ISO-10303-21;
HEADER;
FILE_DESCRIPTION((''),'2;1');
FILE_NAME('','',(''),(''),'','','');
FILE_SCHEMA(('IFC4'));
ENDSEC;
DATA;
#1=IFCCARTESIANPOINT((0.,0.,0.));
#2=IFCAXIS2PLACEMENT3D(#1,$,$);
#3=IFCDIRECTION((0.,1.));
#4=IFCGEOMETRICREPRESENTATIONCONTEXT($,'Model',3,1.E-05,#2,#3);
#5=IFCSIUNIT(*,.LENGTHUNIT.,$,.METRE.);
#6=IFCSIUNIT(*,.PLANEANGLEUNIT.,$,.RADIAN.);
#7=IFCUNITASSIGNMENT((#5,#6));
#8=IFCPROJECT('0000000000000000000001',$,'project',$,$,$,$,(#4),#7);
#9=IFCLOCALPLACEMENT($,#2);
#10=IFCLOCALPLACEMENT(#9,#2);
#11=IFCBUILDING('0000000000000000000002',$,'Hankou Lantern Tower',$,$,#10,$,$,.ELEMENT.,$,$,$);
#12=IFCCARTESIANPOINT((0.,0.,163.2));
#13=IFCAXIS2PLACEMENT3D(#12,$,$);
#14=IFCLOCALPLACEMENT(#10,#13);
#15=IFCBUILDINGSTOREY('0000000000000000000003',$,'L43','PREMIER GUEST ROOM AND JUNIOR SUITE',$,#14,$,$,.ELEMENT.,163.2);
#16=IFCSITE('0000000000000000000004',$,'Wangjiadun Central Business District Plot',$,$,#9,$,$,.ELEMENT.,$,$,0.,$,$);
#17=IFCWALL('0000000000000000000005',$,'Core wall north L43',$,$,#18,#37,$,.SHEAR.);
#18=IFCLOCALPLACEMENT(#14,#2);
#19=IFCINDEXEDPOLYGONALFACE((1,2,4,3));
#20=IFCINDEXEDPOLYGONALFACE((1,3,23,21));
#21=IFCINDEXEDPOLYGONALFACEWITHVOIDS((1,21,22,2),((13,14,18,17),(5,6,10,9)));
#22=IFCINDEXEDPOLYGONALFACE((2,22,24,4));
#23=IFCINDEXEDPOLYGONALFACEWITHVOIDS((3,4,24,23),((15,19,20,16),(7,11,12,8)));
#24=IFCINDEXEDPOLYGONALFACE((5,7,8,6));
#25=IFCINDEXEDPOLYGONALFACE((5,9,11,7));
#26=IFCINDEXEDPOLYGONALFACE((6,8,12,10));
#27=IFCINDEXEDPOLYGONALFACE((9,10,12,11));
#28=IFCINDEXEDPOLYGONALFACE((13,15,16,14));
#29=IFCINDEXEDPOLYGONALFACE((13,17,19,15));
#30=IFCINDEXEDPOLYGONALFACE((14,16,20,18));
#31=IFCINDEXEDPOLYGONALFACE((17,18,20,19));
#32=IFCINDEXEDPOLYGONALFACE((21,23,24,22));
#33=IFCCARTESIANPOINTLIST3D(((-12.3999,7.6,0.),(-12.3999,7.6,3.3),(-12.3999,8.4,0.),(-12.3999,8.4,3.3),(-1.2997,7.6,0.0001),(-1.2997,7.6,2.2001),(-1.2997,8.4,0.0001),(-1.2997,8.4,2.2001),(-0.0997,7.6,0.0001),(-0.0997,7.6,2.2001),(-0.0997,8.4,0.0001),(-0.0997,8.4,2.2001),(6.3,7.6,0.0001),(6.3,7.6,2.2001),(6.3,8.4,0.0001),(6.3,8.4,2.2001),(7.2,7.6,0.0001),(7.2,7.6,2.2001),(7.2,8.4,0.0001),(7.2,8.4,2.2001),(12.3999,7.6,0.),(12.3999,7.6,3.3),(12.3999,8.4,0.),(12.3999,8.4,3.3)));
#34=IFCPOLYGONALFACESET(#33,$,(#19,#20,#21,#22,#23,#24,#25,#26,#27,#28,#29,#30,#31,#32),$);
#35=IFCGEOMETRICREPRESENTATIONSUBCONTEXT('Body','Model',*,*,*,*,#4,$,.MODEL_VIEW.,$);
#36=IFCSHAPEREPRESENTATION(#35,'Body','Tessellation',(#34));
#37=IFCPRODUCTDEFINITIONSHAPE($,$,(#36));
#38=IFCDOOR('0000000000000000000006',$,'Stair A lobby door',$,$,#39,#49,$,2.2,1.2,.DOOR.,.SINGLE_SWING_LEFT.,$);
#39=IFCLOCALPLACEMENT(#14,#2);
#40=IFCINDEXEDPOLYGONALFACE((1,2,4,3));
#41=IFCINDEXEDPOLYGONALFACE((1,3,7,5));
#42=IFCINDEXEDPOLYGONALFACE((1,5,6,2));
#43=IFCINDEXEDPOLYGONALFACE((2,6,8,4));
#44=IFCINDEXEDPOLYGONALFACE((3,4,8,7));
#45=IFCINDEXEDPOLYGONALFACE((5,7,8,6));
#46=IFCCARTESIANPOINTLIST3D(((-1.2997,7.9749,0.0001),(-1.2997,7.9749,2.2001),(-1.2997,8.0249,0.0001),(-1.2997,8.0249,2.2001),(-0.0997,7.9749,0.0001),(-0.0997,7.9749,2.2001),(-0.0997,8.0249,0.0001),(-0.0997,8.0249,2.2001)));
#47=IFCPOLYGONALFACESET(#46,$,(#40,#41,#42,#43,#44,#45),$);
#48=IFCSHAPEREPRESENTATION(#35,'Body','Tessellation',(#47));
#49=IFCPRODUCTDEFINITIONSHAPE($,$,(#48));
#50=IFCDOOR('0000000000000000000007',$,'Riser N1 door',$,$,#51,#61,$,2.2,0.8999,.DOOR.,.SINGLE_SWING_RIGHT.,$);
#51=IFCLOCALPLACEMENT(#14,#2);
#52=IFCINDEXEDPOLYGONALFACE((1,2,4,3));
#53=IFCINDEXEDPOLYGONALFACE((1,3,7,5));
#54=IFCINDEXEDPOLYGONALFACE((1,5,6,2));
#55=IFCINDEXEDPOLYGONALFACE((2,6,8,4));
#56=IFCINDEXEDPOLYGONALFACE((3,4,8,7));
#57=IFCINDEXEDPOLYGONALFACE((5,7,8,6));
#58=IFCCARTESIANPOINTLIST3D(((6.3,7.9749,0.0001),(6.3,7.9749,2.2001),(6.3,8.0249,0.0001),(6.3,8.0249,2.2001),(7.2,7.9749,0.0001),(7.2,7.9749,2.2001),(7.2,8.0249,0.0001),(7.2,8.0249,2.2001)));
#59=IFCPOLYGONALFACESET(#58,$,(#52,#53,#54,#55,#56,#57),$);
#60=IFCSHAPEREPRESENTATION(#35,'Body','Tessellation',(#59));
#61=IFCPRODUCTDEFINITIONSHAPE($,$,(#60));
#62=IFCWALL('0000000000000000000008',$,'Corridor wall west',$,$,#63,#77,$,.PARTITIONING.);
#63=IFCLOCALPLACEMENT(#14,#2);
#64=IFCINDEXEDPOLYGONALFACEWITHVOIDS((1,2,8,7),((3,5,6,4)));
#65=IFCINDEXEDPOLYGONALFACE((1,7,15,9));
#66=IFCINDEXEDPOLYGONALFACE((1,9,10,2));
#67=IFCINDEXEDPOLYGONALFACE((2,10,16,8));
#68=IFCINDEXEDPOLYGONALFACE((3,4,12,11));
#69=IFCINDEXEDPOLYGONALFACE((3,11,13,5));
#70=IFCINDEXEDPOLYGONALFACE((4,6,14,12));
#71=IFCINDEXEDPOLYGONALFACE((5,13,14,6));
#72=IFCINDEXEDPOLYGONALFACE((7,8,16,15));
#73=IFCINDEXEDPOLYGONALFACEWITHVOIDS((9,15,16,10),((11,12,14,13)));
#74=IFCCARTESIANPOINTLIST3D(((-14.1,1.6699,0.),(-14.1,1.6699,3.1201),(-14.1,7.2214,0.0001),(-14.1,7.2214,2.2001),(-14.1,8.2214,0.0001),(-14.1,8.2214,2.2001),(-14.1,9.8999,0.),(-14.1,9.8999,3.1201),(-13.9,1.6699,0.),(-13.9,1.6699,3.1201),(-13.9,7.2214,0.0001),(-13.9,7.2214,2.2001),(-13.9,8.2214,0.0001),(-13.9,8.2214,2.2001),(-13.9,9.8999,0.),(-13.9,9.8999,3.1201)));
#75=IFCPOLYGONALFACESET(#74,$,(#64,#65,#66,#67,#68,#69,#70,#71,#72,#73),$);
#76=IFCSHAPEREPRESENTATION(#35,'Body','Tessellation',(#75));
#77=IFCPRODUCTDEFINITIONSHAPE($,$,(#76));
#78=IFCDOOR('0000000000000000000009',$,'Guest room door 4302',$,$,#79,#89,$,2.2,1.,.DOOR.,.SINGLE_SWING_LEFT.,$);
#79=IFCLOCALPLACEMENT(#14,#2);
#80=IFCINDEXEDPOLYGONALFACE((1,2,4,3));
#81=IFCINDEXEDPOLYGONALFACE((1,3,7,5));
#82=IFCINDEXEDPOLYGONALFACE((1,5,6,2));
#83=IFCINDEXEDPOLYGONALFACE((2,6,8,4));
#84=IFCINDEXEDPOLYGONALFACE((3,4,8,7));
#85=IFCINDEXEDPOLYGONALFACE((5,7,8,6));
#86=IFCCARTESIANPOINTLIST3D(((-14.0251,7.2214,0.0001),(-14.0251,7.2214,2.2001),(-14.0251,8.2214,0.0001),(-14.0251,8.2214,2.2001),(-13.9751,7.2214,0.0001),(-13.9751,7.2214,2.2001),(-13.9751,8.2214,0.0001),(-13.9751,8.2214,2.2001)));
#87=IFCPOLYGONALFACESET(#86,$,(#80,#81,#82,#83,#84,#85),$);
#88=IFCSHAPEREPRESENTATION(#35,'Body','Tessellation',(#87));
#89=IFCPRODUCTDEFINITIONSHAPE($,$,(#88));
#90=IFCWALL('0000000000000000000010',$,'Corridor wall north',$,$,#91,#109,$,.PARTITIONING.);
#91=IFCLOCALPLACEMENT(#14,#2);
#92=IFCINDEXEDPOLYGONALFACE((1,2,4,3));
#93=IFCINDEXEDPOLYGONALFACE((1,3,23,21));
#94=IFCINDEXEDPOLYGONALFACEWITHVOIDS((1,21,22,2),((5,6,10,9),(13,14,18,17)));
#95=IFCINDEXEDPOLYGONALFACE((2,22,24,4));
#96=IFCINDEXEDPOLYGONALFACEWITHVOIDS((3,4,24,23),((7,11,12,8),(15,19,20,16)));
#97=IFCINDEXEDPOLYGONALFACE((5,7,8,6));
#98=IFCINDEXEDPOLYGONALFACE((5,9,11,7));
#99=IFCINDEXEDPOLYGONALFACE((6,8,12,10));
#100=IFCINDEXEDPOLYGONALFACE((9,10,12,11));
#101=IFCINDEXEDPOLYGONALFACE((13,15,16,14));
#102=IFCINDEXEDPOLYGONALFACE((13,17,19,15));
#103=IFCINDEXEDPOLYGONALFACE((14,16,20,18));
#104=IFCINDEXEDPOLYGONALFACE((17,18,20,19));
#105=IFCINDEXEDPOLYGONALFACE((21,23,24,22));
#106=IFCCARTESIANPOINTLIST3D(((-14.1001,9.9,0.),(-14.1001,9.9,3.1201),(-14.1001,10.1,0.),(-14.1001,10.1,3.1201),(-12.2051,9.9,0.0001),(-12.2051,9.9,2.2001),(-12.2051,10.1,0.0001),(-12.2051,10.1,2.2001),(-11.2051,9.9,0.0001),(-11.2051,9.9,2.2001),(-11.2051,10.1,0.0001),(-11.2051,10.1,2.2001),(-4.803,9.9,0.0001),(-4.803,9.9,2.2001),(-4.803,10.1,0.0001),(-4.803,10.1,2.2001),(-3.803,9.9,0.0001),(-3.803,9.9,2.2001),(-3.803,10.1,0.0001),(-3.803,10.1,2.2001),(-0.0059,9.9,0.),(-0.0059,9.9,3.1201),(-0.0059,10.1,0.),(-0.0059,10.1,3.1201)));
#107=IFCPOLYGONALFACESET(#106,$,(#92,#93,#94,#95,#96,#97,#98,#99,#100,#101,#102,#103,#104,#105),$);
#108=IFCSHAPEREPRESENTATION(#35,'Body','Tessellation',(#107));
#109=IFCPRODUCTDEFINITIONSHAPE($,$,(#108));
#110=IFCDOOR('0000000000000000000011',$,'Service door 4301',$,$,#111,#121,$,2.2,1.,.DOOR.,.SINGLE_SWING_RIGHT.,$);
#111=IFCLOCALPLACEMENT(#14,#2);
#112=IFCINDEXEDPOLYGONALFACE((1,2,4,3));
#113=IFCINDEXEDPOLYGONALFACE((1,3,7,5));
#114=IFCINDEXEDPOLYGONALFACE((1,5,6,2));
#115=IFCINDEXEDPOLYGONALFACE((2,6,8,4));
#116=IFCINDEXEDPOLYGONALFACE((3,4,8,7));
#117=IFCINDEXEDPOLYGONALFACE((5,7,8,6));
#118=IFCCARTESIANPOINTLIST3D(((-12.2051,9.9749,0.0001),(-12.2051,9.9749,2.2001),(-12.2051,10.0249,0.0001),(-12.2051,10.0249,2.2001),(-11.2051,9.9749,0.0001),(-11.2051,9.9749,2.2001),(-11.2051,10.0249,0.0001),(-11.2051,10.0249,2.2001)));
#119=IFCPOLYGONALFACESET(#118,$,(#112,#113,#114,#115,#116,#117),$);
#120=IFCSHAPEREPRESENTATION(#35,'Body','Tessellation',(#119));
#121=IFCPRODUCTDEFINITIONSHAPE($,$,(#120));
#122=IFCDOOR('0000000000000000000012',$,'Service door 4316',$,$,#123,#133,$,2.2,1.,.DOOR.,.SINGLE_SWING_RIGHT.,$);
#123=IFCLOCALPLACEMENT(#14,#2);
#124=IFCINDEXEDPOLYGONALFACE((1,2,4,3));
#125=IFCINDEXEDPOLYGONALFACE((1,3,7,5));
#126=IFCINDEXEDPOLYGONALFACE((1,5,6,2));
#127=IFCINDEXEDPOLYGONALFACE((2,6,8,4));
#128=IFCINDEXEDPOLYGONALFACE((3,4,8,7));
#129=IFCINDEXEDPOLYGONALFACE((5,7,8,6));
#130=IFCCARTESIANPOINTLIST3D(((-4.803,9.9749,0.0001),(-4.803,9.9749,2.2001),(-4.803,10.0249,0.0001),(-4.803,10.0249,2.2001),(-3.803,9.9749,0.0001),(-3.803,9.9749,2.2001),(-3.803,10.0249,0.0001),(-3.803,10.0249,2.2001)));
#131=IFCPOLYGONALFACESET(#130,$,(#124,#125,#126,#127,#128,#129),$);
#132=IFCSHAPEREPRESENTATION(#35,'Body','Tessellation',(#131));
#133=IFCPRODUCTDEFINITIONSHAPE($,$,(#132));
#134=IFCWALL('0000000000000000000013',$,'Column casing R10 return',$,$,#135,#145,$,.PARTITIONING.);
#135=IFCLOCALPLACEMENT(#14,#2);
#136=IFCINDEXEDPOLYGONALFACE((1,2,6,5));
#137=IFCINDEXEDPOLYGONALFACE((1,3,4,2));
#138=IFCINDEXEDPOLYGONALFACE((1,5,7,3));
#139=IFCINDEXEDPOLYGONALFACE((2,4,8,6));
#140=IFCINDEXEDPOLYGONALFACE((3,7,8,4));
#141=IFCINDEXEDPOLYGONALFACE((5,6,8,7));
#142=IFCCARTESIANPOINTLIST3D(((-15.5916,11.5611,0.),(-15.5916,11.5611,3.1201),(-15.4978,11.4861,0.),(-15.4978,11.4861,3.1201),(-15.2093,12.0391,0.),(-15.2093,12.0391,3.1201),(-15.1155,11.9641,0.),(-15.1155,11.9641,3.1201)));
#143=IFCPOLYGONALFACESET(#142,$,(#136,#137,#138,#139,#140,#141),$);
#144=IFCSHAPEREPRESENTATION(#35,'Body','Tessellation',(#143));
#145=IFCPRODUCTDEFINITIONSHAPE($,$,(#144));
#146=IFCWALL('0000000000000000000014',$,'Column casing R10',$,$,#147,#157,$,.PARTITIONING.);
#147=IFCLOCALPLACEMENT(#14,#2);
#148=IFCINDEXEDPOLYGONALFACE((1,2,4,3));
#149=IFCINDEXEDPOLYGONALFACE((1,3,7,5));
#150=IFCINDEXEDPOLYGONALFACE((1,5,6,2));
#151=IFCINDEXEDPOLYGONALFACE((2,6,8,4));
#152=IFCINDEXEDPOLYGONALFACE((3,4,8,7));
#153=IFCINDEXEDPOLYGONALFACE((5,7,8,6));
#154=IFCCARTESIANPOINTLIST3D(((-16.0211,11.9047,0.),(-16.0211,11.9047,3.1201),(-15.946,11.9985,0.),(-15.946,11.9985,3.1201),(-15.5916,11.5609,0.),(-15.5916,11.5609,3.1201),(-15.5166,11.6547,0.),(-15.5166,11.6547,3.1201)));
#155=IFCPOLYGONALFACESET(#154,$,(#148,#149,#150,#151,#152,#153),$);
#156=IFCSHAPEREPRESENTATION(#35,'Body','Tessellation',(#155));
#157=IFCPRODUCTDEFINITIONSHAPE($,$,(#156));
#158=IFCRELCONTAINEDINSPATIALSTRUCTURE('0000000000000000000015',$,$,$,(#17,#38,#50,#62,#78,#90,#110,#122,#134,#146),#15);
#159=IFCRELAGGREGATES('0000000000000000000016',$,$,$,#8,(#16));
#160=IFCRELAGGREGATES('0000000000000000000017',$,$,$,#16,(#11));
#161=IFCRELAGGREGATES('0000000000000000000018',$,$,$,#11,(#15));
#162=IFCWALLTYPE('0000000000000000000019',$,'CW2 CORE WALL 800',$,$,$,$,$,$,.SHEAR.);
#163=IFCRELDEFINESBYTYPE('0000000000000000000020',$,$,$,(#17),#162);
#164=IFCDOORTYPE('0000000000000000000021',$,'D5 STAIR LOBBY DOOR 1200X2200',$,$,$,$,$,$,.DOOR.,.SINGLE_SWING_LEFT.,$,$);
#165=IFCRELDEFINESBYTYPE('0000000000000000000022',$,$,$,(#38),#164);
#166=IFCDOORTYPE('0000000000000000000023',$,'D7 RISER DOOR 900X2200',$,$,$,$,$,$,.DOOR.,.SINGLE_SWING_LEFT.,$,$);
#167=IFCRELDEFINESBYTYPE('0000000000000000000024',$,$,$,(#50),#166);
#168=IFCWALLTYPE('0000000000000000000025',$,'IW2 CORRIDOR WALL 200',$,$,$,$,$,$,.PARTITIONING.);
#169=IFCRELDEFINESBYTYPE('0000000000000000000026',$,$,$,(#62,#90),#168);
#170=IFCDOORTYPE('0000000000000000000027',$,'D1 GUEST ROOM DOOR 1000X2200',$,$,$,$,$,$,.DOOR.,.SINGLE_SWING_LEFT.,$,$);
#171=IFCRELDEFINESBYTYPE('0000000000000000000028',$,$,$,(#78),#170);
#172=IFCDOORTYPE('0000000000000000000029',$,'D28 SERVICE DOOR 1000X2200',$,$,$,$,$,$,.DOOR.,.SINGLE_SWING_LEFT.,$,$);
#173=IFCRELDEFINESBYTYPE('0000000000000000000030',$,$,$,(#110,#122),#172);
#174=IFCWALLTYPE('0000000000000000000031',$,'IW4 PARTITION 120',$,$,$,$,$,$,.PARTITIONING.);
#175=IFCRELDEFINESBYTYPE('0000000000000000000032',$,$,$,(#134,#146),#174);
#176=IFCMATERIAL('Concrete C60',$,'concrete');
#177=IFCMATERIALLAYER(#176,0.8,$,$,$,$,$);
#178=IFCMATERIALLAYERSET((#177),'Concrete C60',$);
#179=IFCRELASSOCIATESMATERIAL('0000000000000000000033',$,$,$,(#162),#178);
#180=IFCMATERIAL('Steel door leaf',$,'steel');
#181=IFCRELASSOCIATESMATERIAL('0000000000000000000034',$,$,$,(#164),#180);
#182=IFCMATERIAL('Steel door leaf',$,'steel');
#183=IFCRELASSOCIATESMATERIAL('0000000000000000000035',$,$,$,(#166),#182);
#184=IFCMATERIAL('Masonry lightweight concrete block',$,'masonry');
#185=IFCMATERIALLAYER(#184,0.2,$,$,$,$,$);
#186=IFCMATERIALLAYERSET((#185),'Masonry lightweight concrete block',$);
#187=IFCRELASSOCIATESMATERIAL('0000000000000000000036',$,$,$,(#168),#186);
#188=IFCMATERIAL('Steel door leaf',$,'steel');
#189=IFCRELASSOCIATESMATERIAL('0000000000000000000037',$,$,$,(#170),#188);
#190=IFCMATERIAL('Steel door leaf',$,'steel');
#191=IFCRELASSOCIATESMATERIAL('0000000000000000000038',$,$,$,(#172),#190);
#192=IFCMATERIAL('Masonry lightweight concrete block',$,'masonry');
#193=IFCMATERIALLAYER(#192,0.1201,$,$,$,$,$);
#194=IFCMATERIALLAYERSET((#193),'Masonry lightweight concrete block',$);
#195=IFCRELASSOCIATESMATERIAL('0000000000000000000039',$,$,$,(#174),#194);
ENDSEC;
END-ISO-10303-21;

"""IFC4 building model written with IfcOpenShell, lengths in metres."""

from ifc_helpers import new_model, si_unit, direction, frame, frame_2d, origin, place, context, subcontext, project, spatial, rectangle, extrude, material, layer, layer_set, type_object, element, fill, save


model = new_model("IFC4")

# Units and contexts
model_context = context("Model", 3, precision=1e-05, world=origin(), true_north=direction((0.0, 1.0)))
body_context = subcontext(model_context, "Body", "Model", "MODEL_VIEW")
ifc_project = project(units=[si_unit("LENGTHUNIT", "METRE"), si_unit("PLANEANGLEUNIT", "RADIAN")], contexts=[model_context])

# Site, building, storey
site_placement = place(None, origin())
site = spatial("IfcSite", under=ifc_project, at=site_placement, Name="Wangjiadun Central Business District Plot", CompositionType="ELEMENT", RefElevation=0.0)
building_placement = place(site_placement, origin())
building = spatial("IfcBuilding", under=site, at=building_placement, Name="Hankou Lantern Tower", CompositionType="ELEMENT")
storey_placement = place(building_placement, frame((0.0, 0.0, 163.2)))
storey = spatial("IfcBuildingStorey", under=building, at=storey_placement, Name="L43", Description="PREMIER GUEST ROOM AND JUNIOR SUITE", CompositionType="ELEMENT", Elevation=163.2)

# Wall, openings, doors
ifc_material_1 = material(Name="Concrete C60", Category="concrete")
ifc_layer_1 = layer(ifc_material_1, 0.8)
ifc_layer_set_1 = layer_set([ifc_layer_1], Name="Concrete C60")
wall_type_1 = type_object("IfcWallType", Name="CW2 CORE WALL 800", PredefinedType="SHEAR", material=ifc_layer_set_1)
wall_1_placement = place(storey_placement, frame((-12.3999, 8.0, 0.0), z_axis=(0.0, 0.0, 1.0), x_axis=(1.0, 0.0, 0.0)))
wall_1 = element("IfcWall", 1, at=wall_1_placement, inside=storey, type_object=wall_type_1, Name="Core wall north L43", PredefinedType="SHEAR", context=body_context, shape_type="SweptSolid", body=[
    extrude(rectangle(XDim=24.7998, YDim=0.8, at=frame_2d((12.3999, 0.0))), origin(), (0.0, 0.0, 1.0), 3.3),
])
opening_1_placement = place(wall_1_placement, frame((11.1001, 0.0, 0.0)))
opening_1 = element("IfcOpeningElement", 2, at=opening_1_placement, cuts=wall_1, PredefinedType="OPENING", context=body_context, shape_type="SweptSolid", body=[
    extrude(rectangle(XDim=1.2, YDim=2.2, at=frame_2d((0.6001, 1.1001))), frame((0.0, 0.4099, 0.0), z_axis=(0.0, -1.0, 0.0), x_axis=(1.0, 0.0, 0.0)), (0.0, 0.0, 1.0), 0.8201),
])
opening_2_placement = place(wall_1_placement, frame((18.7, 0.0, 0.0)))
opening_2 = element("IfcOpeningElement", 3, at=opening_2_placement, cuts=wall_1, PredefinedType="OPENING", context=body_context, shape_type="SweptSolid", body=[
    extrude(rectangle(XDim=0.8999, YDim=2.2, at=frame_2d((0.45, 1.1001))), frame((0.0, 0.4099, 0.0), z_axis=(0.0, -1.0, 0.0), x_axis=(1.0, 0.0, 0.0)), (0.0, 0.0, 1.0), 0.8201),
])
ifc_material_2 = material(Name="Steel door leaf", Category="steel")
door_type_1 = type_object("IfcDoorType", Name="D5 STAIR LOBBY DOOR 1200X2200", OperationType="SINGLE_SWING_LEFT", PredefinedType="DOOR", material=ifc_material_2)
door_1_placement = place(opening_1_placement, origin())
door_1 = element("IfcDoor", 4, at=door_1_placement, inside=storey, type_object=door_type_1, Name="Stair A lobby door", OperationType="SINGLE_SWING_LEFT", OverallHeight=2.2, OverallWidth=1.2, PredefinedType="DOOR", context=body_context, shape_type="SweptSolid", body=[
    extrude(rectangle(XDim=1.2, YDim=2.2, at=frame_2d((0.6001, 1.1001))), frame((0.0, 0.0249, 0.0), z_axis=(0.0, -1.0, 0.0), x_axis=(1.0, 0.0, 0.0)), (0.0, 0.0, 1.0), 0.05),
])
fill(opening_1, door_1)
ifc_material_3 = material(Name="Steel door leaf", Category="steel")
door_type_2 = type_object("IfcDoorType", Name="D7 RISER DOOR 900X2200", OperationType="SINGLE_SWING_LEFT", PredefinedType="DOOR", material=ifc_material_3)
door_2_placement = place(opening_2_placement, origin())
door_2 = element("IfcDoor", 5, at=door_2_placement, inside=storey, type_object=door_type_2, Name="Riser N1 door", OperationType="SINGLE_SWING_RIGHT", OverallHeight=2.2, OverallWidth=0.8999, PredefinedType="DOOR", context=body_context, shape_type="SweptSolid", body=[
    extrude(rectangle(XDim=0.8999, YDim=2.2, at=frame_2d((0.45, 1.1001))), frame((0.0, 0.0249, 0.0), z_axis=(0.0, -1.0, 0.0), x_axis=(1.0, 0.0, 0.0)), (0.0, 0.0, 1.0), 0.05),
])
fill(opening_2, door_2)

# Wall, opening, door
ifc_material_4 = material(Name="Masonry lightweight concrete block", Category="masonry")
ifc_layer_2 = layer(ifc_material_4, 0.2)
ifc_layer_set_2 = layer_set([ifc_layer_2], Name="Masonry lightweight concrete block")
wall_type_2 = type_object("IfcWallType", Name="IW2 CORRIDOR WALL 200", PredefinedType="PARTITIONING", material=ifc_layer_set_2)
wall_2_placement = place(storey_placement, frame((-14.0, 9.8999, 0.0), z_axis=(0.0, 0.0, 1.0), x_axis=(0.0, -1.0, 0.0)))
wall_2 = element("IfcWall", 6, at=wall_2_placement, inside=storey, type_object=wall_type_2, Name="Corridor wall west", PredefinedType="PARTITIONING", context=body_context, shape_type="SweptSolid", body=[
    extrude(rectangle(XDim=8.23, YDim=0.2, at=frame_2d((4.115, 0.0))), origin(), (0.0, 0.0, 1.0), 3.1201),
])
opening_3_placement = place(wall_2_placement, frame((1.6785, 0.0, 0.0)))
opening_3 = element("IfcOpeningElement", 7, at=opening_3_placement, cuts=wall_2, PredefinedType="OPENING", context=body_context, shape_type="SweptSolid", body=[
    extrude(rectangle(XDim=1.0, YDim=2.2, at=frame_2d((0.5, 1.1001))), frame((0.0, 0.1099, 0.0), z_axis=(0.0, -1.0, 0.0), x_axis=(1.0, 0.0, 0.0)), (0.0, 0.0, 1.0), 0.22),
])
ifc_material_5 = material(Name="Steel door leaf", Category="steel")
door_type_3 = type_object("IfcDoorType", Name="D1 GUEST ROOM DOOR 1000X2200", OperationType="SINGLE_SWING_LEFT", PredefinedType="DOOR", material=ifc_material_5)
door_3_placement = place(opening_3_placement, origin())
door_3 = element("IfcDoor", 8, at=door_3_placement, inside=storey, type_object=door_type_3, Name="Guest room door 4302", OperationType="SINGLE_SWING_LEFT", OverallHeight=2.2, OverallWidth=1.0, PredefinedType="DOOR", context=body_context, shape_type="SweptSolid", body=[
    extrude(rectangle(XDim=1.0, YDim=2.2, at=frame_2d((0.5, 1.1001))), frame((0.0, 0.0249, 0.0), z_axis=(0.0, -1.0, 0.0), x_axis=(1.0, 0.0, 0.0)), (0.0, 0.0, 1.0), 0.05),
])
fill(opening_3, door_3)

# Wall, openings, doors
wall_3_placement = place(storey_placement, frame((-14.1001, 10.0, 0.0), z_axis=(0.0, 0.0, 1.0), x_axis=(1.0, 0.0, 0.0)))
wall_3 = element("IfcWall", 9, at=wall_3_placement, inside=storey, type_object=wall_type_2, Name="Corridor wall north", PredefinedType="PARTITIONING", context=body_context, shape_type="SweptSolid", body=[
    extrude(rectangle(XDim=14.0942, YDim=0.2, at=frame_2d((7.0471, 0.0))), origin(), (0.0, 0.0, 1.0), 3.1201),
])
opening_4_placement = place(wall_3_placement, frame((1.895, 0.0, 0.0)))
opening_4 = element("IfcOpeningElement", 10, at=opening_4_placement, cuts=wall_3, PredefinedType="OPENING", context=body_context, shape_type="SweptSolid", body=[
    extrude(rectangle(XDim=1.0, YDim=2.2, at=frame_2d((0.5, 1.1001))), frame((0.0, 0.1099, 0.0), z_axis=(0.0, -1.0, 0.0), x_axis=(1.0, 0.0, 0.0)), (0.0, 0.0, 1.0), 0.22),
])
opening_5_placement = place(wall_3_placement, frame((9.2971, 0.0, 0.0)))
opening_5 = element("IfcOpeningElement", 11, at=opening_5_placement, cuts=wall_3, PredefinedType="OPENING", context=body_context, shape_type="SweptSolid", body=[
    extrude(rectangle(XDim=1.0, YDim=2.2, at=frame_2d((0.5, 1.1001))), frame((0.0, 0.1099, 0.0), z_axis=(0.0, -1.0, 0.0), x_axis=(1.0, 0.0, 0.0)), (0.0, 0.0, 1.0), 0.22),
])
ifc_material_6 = material(Name="Steel door leaf", Category="steel")
door_type_4 = type_object("IfcDoorType", Name="D28 SERVICE DOOR 1000X2200", OperationType="SINGLE_SWING_LEFT", PredefinedType="DOOR", material=ifc_material_6)
door_4_placement = place(opening_4_placement, origin())
door_4 = element("IfcDoor", 12, at=door_4_placement, inside=storey, type_object=door_type_4, Name="Service door 4301", OperationType="SINGLE_SWING_RIGHT", OverallHeight=2.2, OverallWidth=1.0, PredefinedType="DOOR", context=body_context, shape_type="SweptSolid", body=[
    extrude(rectangle(XDim=1.0, YDim=2.2, at=frame_2d((0.5, 1.1001))), frame((0.0, 0.0249, 0.0), z_axis=(0.0, -1.0, 0.0), x_axis=(1.0, 0.0, 0.0)), (0.0, 0.0, 1.0), 0.05),
])
fill(opening_4, door_4)
door_5_placement = place(opening_5_placement, origin())
door_5 = element("IfcDoor", 13, at=door_5_placement, inside=storey, type_object=door_type_4, Name="Service door 4316", OperationType="SINGLE_SWING_RIGHT", OverallHeight=2.2, OverallWidth=1.0, PredefinedType="DOOR", context=body_context, shape_type="SweptSolid", body=[
    extrude(rectangle(XDim=1.0, YDim=2.2, at=frame_2d((0.5, 1.1001))), frame((0.0, 0.0249, 0.0), z_axis=(0.0, -1.0, 0.0), x_axis=(1.0, 0.0, 0.0)), (0.0, 0.0, 1.0), 0.05),
])
fill(opening_5, door_5)

# Walls
ifc_material_7 = material(Name="Masonry lightweight concrete block", Category="masonry")
ifc_layer_3 = layer(ifc_material_7, 0.1201)
ifc_layer_set_3 = layer_set([ifc_layer_3], Name="Masonry lightweight concrete block")
wall_type_3 = type_object("IfcWallType", Name="IW4 PARTITION 120", PredefinedType="PARTITIONING", material=ifc_layer_set_3)
wall_4_placement = place(storey_placement, frame((-15.1624, 12.0017, 0.0), z_axis=(0.0, 0.0, 1.0), x_axis=(-0.624598, -0.780947, 0.0)))
element("IfcWall", 14, at=wall_4_placement, inside=storey, type_object=wall_type_3, Name="Column casing R10 return", PredefinedType="PARTITIONING", context=body_context, shape_type="SweptSolid", body=[
    extrude(rectangle(XDim=0.6121, YDim=0.1201, at=frame_2d((0.3062, 0.0))), origin(), (0.0, 0.0, 1.0), 3.1201),
])
wall_5_placement = place(storey_placement, frame((-15.5542, 11.6079, 0.0), z_axis=(0.0, 0.0, 1.0), x_axis=(-0.780696, 0.624912, 0.0)))
element("IfcWall", 15, at=wall_5_placement, inside=storey, type_object=wall_type_3, Name="Column casing R10", PredefinedType="PARTITIONING", context=body_context, shape_type="SweptSolid", body=[
    extrude(rectangle(XDim=0.55, YDim=0.1201, at=frame_2d((0.2749, 0.0))), origin(), (0.0, 0.0, 1.0), 3.1201),
])

save(model, "model.ifc")
